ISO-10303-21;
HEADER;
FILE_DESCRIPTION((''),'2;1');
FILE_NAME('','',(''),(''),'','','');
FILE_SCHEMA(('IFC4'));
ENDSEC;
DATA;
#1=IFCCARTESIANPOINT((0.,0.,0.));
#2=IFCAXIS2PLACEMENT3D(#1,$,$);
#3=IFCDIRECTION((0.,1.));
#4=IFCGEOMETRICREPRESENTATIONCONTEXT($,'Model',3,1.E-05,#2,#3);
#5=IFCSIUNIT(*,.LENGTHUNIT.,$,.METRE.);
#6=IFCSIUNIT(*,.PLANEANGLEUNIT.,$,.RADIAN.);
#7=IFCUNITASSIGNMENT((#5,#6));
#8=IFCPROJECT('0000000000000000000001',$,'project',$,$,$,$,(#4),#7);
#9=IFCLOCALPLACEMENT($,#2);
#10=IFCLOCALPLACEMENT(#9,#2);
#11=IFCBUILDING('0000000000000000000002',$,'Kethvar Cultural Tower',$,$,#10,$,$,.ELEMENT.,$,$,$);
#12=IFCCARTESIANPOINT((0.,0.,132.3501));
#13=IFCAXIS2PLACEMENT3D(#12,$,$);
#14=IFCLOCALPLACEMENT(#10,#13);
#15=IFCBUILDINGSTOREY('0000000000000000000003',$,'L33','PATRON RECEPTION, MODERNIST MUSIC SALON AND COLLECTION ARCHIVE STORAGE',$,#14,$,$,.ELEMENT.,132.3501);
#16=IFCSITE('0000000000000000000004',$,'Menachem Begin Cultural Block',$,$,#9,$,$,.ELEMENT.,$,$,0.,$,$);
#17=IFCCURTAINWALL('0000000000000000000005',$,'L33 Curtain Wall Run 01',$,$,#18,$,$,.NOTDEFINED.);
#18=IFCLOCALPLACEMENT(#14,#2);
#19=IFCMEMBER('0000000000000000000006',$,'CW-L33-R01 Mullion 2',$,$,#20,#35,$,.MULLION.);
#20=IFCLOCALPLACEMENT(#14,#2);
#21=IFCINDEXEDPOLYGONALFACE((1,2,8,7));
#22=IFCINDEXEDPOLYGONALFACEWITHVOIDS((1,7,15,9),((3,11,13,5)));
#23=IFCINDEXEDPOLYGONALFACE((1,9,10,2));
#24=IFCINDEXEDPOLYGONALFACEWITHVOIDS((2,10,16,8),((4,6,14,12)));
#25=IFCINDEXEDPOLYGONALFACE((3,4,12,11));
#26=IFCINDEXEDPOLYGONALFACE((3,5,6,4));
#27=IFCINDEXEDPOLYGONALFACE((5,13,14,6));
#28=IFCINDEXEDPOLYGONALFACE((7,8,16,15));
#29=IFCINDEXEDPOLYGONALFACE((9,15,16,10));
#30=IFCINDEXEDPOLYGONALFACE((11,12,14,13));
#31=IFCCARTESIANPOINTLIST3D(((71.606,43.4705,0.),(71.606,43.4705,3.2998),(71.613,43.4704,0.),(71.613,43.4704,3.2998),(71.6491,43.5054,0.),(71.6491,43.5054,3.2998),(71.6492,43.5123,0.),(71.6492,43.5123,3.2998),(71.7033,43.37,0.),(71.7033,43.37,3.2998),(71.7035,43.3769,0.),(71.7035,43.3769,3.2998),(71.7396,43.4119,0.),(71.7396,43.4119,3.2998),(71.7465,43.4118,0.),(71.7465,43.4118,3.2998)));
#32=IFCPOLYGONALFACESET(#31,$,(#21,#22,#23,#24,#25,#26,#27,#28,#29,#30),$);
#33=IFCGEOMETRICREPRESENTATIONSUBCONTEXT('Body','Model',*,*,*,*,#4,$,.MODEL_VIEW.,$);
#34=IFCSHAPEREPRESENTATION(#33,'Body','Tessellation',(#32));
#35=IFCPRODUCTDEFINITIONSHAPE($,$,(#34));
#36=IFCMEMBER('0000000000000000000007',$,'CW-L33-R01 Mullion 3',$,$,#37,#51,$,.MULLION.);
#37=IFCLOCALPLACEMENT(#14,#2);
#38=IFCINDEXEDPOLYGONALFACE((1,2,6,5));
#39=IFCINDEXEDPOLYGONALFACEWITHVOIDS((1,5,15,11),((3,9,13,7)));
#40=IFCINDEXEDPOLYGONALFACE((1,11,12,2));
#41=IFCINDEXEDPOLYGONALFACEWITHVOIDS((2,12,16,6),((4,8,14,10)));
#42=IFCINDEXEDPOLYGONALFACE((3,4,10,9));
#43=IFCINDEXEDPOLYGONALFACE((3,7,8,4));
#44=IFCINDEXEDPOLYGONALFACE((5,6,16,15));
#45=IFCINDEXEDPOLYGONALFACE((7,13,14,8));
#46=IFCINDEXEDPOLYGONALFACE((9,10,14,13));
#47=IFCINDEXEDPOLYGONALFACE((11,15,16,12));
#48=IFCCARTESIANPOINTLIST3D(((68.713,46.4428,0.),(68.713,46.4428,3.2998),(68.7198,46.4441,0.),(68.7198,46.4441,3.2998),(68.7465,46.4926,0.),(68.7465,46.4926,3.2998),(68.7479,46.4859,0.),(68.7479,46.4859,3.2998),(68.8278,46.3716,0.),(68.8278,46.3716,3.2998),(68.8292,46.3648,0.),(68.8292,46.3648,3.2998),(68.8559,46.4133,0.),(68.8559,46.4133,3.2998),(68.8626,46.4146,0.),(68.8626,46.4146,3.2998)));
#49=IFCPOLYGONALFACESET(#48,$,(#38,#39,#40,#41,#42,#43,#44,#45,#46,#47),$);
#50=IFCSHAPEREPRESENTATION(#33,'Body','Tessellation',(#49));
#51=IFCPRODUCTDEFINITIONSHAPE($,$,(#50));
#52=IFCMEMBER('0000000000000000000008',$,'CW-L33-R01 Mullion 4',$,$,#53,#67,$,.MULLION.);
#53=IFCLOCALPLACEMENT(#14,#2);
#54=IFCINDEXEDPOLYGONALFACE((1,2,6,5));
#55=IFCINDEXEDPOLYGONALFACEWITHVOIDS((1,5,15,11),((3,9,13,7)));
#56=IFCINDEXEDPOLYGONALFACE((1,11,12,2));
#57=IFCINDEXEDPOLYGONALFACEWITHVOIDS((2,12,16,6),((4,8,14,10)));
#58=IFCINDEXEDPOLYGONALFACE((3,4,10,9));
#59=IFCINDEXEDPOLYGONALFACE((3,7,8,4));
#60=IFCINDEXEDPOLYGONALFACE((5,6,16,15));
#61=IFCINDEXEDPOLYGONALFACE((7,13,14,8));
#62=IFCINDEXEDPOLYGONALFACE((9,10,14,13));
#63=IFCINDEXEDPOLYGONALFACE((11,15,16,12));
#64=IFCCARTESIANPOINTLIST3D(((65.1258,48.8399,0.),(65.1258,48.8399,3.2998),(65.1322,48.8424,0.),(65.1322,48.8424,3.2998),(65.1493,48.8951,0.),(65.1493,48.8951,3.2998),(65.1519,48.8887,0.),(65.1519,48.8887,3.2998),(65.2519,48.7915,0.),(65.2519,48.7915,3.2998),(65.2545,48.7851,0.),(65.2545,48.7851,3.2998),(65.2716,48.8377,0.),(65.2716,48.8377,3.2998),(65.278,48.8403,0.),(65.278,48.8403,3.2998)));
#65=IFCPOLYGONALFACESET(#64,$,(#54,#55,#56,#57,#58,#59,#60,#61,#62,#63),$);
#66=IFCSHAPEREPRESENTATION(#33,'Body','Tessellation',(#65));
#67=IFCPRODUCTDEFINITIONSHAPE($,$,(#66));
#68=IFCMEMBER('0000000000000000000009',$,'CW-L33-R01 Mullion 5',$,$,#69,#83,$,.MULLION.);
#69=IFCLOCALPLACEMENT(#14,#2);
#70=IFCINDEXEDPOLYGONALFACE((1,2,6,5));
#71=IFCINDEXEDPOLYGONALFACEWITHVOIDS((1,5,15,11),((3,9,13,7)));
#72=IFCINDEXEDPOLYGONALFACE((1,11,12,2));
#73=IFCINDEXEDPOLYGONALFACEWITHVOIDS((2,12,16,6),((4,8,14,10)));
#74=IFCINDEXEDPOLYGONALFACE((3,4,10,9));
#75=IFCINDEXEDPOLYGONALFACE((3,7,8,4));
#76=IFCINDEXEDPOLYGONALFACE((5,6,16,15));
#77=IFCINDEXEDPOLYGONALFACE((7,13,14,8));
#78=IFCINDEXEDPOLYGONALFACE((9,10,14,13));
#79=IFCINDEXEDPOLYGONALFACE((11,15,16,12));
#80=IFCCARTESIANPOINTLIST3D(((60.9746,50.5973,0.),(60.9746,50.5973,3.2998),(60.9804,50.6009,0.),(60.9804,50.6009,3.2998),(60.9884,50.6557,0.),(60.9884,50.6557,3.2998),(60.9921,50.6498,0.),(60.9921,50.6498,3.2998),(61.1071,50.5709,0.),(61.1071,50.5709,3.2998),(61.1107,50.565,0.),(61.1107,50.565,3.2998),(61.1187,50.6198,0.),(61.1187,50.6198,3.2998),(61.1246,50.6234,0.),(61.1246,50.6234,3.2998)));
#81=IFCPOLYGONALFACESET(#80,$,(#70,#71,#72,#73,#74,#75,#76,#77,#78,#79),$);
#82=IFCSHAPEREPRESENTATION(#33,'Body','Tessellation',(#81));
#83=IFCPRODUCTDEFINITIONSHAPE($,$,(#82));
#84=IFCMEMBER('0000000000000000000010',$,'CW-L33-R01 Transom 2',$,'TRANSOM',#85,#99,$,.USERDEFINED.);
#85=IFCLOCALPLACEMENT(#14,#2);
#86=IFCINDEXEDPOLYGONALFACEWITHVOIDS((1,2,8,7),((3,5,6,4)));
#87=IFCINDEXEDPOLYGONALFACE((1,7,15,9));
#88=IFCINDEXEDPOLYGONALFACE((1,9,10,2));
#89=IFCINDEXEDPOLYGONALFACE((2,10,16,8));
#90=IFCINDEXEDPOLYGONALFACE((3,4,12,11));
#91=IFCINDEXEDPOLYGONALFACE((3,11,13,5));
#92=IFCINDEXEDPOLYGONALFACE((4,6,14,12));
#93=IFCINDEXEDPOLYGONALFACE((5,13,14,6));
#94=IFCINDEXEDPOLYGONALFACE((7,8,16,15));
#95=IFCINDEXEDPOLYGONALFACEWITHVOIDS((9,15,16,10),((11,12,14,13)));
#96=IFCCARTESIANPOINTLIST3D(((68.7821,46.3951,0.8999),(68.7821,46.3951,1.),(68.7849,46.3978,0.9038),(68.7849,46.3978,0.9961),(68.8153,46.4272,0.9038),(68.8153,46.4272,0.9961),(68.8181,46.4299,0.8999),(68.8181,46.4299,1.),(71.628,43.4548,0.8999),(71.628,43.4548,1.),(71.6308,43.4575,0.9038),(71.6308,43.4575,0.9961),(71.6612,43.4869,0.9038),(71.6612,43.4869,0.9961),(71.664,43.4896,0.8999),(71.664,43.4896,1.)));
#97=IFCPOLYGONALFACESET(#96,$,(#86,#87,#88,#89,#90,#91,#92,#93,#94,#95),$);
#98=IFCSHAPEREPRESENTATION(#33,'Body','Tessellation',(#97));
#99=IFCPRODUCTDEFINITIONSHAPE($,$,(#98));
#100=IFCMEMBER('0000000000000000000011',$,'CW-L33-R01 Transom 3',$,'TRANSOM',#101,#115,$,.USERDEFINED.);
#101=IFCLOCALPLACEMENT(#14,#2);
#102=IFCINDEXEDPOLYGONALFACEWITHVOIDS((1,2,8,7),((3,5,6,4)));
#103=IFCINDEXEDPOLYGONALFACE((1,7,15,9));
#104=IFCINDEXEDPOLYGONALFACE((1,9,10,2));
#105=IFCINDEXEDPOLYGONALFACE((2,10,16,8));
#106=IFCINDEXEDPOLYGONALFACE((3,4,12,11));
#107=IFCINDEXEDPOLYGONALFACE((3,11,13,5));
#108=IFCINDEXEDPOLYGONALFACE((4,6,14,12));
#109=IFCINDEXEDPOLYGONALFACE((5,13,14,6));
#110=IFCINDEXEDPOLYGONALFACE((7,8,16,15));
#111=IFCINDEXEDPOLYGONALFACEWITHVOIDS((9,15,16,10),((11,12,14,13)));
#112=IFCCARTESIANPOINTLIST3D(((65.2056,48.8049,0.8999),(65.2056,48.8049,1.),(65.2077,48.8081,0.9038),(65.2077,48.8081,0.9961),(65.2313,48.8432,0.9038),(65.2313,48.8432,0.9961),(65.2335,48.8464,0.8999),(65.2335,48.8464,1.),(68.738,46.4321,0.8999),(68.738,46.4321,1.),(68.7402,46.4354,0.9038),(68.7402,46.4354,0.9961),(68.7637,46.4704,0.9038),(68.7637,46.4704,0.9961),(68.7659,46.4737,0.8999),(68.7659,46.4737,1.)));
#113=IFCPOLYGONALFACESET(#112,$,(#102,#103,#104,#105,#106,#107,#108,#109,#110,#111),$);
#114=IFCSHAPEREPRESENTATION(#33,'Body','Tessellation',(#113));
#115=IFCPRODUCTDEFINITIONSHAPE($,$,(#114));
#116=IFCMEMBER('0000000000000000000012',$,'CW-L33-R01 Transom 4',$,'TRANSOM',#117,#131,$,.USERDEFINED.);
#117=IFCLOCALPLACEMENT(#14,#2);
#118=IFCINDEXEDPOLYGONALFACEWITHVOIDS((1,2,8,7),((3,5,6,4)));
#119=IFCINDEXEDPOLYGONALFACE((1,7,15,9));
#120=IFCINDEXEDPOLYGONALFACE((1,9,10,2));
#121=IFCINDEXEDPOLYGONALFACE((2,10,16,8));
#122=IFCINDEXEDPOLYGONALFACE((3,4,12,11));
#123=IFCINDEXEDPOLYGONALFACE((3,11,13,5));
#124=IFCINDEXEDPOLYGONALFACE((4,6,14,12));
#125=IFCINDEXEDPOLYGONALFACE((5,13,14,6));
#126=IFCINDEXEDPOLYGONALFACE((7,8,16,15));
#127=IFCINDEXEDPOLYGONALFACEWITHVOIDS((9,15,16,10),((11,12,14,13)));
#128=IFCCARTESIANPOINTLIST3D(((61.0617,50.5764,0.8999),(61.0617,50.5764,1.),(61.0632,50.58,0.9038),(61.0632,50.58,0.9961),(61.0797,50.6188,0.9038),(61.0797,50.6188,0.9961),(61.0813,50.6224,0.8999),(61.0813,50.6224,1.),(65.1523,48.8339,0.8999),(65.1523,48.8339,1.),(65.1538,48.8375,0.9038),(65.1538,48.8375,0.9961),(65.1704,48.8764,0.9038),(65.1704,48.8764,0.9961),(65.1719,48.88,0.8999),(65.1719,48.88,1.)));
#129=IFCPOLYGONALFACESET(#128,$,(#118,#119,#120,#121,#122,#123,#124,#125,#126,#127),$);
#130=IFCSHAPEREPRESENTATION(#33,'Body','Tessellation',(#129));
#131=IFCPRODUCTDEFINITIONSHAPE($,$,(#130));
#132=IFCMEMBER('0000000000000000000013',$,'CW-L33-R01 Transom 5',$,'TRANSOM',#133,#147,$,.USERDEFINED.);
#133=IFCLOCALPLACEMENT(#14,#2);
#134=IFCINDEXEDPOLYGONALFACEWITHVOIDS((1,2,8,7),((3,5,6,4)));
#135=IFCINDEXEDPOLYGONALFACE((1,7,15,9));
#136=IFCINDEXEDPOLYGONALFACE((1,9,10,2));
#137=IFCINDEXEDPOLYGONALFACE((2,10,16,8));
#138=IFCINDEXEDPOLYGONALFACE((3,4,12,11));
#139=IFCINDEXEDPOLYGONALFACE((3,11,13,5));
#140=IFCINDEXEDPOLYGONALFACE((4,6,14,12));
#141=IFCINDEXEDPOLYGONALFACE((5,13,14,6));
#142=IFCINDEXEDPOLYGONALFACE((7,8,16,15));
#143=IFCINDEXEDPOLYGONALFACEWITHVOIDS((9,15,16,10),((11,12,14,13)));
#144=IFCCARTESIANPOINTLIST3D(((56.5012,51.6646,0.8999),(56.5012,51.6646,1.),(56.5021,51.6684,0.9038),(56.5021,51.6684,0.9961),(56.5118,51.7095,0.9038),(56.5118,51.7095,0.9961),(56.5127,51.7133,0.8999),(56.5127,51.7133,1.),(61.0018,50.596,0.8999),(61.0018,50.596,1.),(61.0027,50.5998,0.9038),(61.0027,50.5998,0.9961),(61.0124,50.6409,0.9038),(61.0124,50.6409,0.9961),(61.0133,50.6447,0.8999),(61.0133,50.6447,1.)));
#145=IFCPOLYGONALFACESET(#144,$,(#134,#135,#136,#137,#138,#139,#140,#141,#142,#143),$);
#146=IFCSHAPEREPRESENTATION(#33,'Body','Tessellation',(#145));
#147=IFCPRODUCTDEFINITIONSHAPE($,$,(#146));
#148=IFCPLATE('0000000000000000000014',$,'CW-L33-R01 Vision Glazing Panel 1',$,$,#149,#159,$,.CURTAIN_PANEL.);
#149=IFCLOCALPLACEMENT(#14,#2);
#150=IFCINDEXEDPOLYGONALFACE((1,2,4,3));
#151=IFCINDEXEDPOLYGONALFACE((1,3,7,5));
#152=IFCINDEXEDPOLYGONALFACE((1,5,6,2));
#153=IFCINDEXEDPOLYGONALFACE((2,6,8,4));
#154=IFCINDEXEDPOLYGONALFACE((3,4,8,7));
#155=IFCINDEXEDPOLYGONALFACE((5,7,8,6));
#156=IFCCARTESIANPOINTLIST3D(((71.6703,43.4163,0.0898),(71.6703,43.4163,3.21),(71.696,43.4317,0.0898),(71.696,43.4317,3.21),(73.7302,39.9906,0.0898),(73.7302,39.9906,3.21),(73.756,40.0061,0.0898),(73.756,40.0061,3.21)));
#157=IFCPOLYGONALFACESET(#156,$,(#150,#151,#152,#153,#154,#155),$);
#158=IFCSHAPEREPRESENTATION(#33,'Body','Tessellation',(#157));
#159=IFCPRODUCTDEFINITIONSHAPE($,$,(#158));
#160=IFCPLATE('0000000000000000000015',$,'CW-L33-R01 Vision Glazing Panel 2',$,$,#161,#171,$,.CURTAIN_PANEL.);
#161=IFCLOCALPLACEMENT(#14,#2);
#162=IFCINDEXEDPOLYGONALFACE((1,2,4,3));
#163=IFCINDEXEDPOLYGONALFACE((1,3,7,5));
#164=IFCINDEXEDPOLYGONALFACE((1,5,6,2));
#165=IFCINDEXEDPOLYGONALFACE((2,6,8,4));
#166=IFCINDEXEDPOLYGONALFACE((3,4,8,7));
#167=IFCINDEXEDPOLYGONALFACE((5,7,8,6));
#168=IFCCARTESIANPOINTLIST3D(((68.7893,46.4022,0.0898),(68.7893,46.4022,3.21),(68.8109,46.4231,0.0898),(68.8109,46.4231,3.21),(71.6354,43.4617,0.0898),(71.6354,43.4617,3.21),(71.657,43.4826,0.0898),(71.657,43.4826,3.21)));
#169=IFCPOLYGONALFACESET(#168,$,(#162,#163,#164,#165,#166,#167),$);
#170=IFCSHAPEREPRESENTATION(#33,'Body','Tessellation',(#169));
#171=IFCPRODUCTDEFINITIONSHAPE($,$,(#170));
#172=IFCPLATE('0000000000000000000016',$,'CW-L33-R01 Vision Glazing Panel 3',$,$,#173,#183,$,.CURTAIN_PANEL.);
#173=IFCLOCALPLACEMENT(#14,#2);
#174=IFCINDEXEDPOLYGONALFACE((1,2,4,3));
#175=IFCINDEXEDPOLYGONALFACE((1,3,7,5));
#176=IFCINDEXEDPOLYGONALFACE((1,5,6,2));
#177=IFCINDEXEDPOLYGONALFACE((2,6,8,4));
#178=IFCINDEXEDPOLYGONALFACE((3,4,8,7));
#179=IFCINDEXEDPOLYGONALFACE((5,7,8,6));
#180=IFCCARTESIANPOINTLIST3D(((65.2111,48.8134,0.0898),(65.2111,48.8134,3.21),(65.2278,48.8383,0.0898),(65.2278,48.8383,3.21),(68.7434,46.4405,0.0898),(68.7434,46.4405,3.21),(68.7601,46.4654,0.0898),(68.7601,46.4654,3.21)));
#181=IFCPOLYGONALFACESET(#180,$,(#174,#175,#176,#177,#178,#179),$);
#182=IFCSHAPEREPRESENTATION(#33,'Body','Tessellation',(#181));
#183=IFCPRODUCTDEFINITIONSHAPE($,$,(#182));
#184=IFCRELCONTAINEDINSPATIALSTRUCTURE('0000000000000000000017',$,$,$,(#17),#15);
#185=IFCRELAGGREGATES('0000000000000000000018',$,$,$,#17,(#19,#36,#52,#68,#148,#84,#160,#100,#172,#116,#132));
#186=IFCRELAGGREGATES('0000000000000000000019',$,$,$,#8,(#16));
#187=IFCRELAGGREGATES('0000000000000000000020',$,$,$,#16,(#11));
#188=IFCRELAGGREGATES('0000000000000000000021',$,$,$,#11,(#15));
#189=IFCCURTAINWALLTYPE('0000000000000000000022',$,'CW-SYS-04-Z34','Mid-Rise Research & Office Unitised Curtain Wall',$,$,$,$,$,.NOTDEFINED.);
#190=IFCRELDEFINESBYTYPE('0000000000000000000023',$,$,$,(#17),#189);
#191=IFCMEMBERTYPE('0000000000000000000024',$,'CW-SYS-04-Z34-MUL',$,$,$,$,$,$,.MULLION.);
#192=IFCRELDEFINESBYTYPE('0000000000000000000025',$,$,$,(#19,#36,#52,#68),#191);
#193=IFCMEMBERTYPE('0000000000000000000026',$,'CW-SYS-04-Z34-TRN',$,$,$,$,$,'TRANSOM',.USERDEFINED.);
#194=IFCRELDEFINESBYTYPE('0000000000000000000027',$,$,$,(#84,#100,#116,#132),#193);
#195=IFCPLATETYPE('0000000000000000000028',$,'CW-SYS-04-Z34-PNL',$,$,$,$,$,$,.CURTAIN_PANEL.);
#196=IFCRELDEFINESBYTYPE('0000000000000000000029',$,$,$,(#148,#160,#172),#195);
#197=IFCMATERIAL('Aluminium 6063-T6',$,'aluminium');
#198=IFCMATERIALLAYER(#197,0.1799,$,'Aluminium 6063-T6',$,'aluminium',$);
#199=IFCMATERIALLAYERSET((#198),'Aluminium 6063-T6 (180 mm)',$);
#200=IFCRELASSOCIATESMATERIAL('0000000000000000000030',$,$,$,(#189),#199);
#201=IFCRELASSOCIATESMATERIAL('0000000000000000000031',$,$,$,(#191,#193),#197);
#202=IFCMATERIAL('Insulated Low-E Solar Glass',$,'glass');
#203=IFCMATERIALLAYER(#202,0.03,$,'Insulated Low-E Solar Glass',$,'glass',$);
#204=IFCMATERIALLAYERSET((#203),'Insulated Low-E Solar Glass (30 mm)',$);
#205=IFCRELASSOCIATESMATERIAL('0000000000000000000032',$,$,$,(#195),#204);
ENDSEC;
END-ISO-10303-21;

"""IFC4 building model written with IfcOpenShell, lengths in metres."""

from ifc_helpers import new_model, si_unit, direction, frame, origin, origin_2d, place, context, subcontext, project, spatial, rectangle, hollow_rectangle, extrude, source, transform, mapped, material, layer, layer_set, material_profile, profile_set, type_object, element, aggregate, save


model = new_model("IFC4")

# Units and contexts
model_context = context("Model", 3, precision=1e-05, world=origin(), true_north=direction((0.0, 1.0)))
body_context = subcontext(model_context, "Body", "Model", "MODEL_VIEW")
ifc_project = project(units=[si_unit("LENGTHUNIT", "METRE"), si_unit("PLANEANGLEUNIT", "RADIAN")], contexts=[model_context])

# Site, building, storey
site_placement = place(None, origin())
site = spatial("IfcSite", under=ifc_project, at=site_placement, Name="Menachem Begin Cultural Block", CompositionType="ELEMENT", RefElevation=0.0)
building_placement = place(site_placement, origin())
building = spatial("IfcBuilding", under=site, at=building_placement, Name="Kethvar Cultural Tower", CompositionType="ELEMENT")
storey_placement = place(building_placement, frame((0.0, 0.0, 132.3501)))
storey = spatial("IfcBuildingStorey", under=building, at=storey_placement, Name="L33", Description="PATRON RECEPTION, MODERNIST MUSIC SALON AND COLLECTION ARCHIVE STORAGE", CompositionType="ELEMENT", Elevation=132.3501)

# Curtain wall, members, plates
ifc_material_1 = material(Name="Aluminium 6063-T6", Category="aluminium")
ifc_layer_1 = layer(ifc_material_1, 0.1799, Name="Aluminium 6063-T6", Category="aluminium")
ifc_layer_set_1 = layer_set([ifc_layer_1], Name="Aluminium 6063-T6 (180 mm)")
curtain_wall_type = type_object("IfcCurtainWallType", Name="CW-SYS-04-Z34", Description="Mid-Rise Research & Office Unitised Curtain Wall", PredefinedType="NOTDEFINED", material=ifc_layer_set_1)
curtain_wall_placement = place(storey_placement, origin())
curtain_wall = element("IfcCurtainWall", 1, at=curtain_wall_placement, inside=storey, type_object=curtain_wall_type, Name="L33 Curtain Wall Run 01", PredefinedType="NOTDEFINED")
ifc_material_profile_1 = material_profile(ifc_material_1, hollow_rectangle(XDim=0.0601, YDim=0.1399, WallThickness=0.0049, at=origin_2d()), Name="Aluminium 6063-T6 — RHS140x60x5")
ifc_profile_set_1 = profile_set([ifc_material_profile_1], Name="Aluminium 6063-T6 — RHS140x60x5")
member_type_1 = type_object("IfcMemberType", Name="CW-SYS-04-Z34-MUL", PredefinedType="MULLION", material=ifc_profile_set_1)
shared_shape_1 = source(origin(), body_context, "Body", "SweptSolid", [
    extrude(hollow_rectangle(XDim=0.0601, YDim=0.1399, WallThickness=0.0049, at=origin_2d()), origin(), (0.0, 0.0, 1.0), 3.2998),
])
member_1_placement = place(storey_placement, frame((71.6763, 43.4412, 0.0), z_axis=(0.0, 0.0, 1.0), x_axis=(-0.718551, -0.695474, 0.0)))
member_1 = element("IfcMember", 2, at=member_1_placement, type_object=member_type_1, Name="CW-L33-R01 Mullion 2", PredefinedType="MULLION", context=body_context, shape_type="MappedRepresentation", body=[
    mapped(shared_shape_1, transform((0.0, 0.0, 0.0), scale=1.0)),
])
member_2_placement = place(storey_placement, frame((68.7878, 46.4287, 0.0), z_axis=(0.0, 0.0, 1.0), x_axis=(-0.557629, -0.83009, 0.0)))
member_2 = element("IfcMember", 3, at=member_2_placement, type_object=member_type_1, Name="CW-L33-R01 Mullion 3", PredefinedType="MULLION", context=body_context, shape_type="MappedRepresentation", body=[
    mapped(shared_shape_1, transform((0.0, 0.0, 0.0), scale=1.0)),
])
member_3_placement = place(storey_placement, frame((65.2019, 48.8401, 0.0), z_axis=(0.0, 0.0, 1.0), x_axis=(-0.391872, -0.92002, 0.0)))
member_3 = element("IfcMember", 4, at=member_3_placement, type_object=member_type_1, Name="CW-L33-R01 Mullion 4", PredefinedType="MULLION", context=body_context, shape_type="MappedRepresentation", body=[
    mapped(shared_shape_1, transform((0.0, 0.0, 0.0), scale=1.0)),
])
member_4_placement = place(storey_placement, frame((61.0496, 50.6104, 0.0), z_axis=(0.0, 0.0, 1.0), x_axis=(-0.231001, -0.972954, 0.0)))
member_4 = element("IfcMember", 5, at=member_4_placement, type_object=member_type_1, Name="CW-L33-R01 Mullion 5", PredefinedType="MULLION", context=body_context, shape_type="MappedRepresentation", body=[
    mapped(shared_shape_1, transform((0.0, 0.0, 0.0), scale=1.0)),
])
ifc_material_profile_2 = material_profile(ifc_material_1, hollow_rectangle(XDim=0.05, YDim=0.1001, WallThickness=0.0039, at=origin_2d()), Name="Aluminium 6063-T6 — RHS100x50x4")
ifc_profile_set_2 = profile_set([ifc_material_profile_2], Name="Aluminium 6063-T6 — RHS100x50x4")
member_type_2 = type_object("IfcMemberType", Name="CW-SYS-04-Z34-TRN", ElementType="TRANSOM", PredefinedType="USERDEFINED", material=ifc_profile_set_2)
shared_shape_2 = source(origin(), body_context, "Body", "SweptSolid", [
    extrude(hollow_rectangle(XDim=0.05, YDim=0.1001, WallThickness=0.0039, at=origin_2d()), origin(), (0.0, 0.0, 1.0), 4.092),
])
member_5_placement = place(storey_placement, frame((71.646, 43.4722, 0.95), z_axis=(-0.695468, 0.718557, 0.0), x_axis=(-0.718557, -0.695468, 0.0)))
member_5 = element("IfcMember", 6, at=member_5_placement, type_object=member_type_2, Name="CW-L33-R01 Transom 2", ObjectType="TRANSOM", PredefinedType="USERDEFINED", context=body_context, shape_type="MappedRepresentation", body=[
    mapped(shared_shape_2, transform((0.0, 0.0, 0.0), scale=1.0)),
])
shared_shape_3 = source(origin(), body_context, "Body", "SweptSolid", [
    extrude(hollow_rectangle(XDim=0.05, YDim=0.1001, WallThickness=0.0039, at=origin_2d()), origin(), (0.0, 0.0, 1.0), 4.2554),
])
member_6_placement = place(storey_placement, frame((68.752, 46.4529, 0.95), z_axis=(-0.830112, 0.557596, 0.0), x_axis=(-0.557596, -0.830112, 0.0)))
member_6 = element("IfcMember", 7, at=member_6_placement, type_object=member_type_2, Name="CW-L33-R01 Transom 3", ObjectType="TRANSOM", PredefinedType="USERDEFINED", context=body_context, shape_type="MappedRepresentation", body=[
    mapped(shared_shape_3, transform((0.0, 0.0, 0.0), scale=1.0)),
])
shared_shape_4 = source(origin(), body_context, "Body", "SweptSolid", [
    extrude(hollow_rectangle(XDim=0.05, YDim=0.1001, WallThickness=0.0039, at=origin_2d()), origin(), (0.0, 0.0, 1.0), 4.4463),
])
member_7_placement = place(storey_placement, frame((65.1621, 48.8569, 0.95), z_axis=(-0.920012, 0.39189, 0.0), x_axis=(-0.39189, -0.920012, 0.0)))
member_7 = element("IfcMember", 8, at=member_7_placement, type_object=member_type_2, Name="CW-L33-R01 Transom 4", ObjectType="TRANSOM", PredefinedType="USERDEFINED", context=body_context, shape_type="MappedRepresentation", body=[
    mapped(shared_shape_4, transform((0.0, 0.0, 0.0), scale=1.0)),
])
shared_shape_5 = source(origin(), body_context, "Body", "SweptSolid", [
    extrude(hollow_rectangle(XDim=0.05, YDim=0.1001, WallThickness=0.0039, at=origin_2d()), origin(), (0.0, 0.0, 1.0), 4.6257),
])
member_8_placement = place(storey_placement, frame((61.0076, 50.6204, 0.95), z_axis=(-0.972949, 0.231019, 0.0), x_axis=(-0.231019, -0.972949, 0.0)))
member_8 = element("IfcMember", 9, at=member_8_placement, type_object=member_type_2, Name="CW-L33-R01 Transom 5", ObjectType="TRANSOM", PredefinedType="USERDEFINED", context=body_context, shape_type="MappedRepresentation", body=[
    mapped(shared_shape_5, transform((0.0, 0.0, 0.0), scale=1.0)),
])
ifc_material_2 = material(Name="Insulated Low-E Solar Glass", Category="glass")
ifc_layer_2 = layer(ifc_material_2, 0.03, Name="Insulated Low-E Solar Glass", Category="glass")
ifc_layer_set_2 = layer_set([ifc_layer_2], Name="Insulated Low-E Solar Glass (30 mm)")
plate_type = type_object("IfcPlateType", Name="CW-SYS-04-Z34-PNL", PredefinedType="CURTAIN_PANEL", material=ifc_layer_set_2)
shared_shape_6 = source(origin(), body_context, "Body", "SweptSolid", [
    extrude(rectangle(XDim=3.9973, YDim=0.03, at=origin_2d()), origin(), (0.0, 0.0, 1.0), 3.1201),
])
plate_1_placement = place(storey_placement, frame((72.7131, 41.7112, 0.0898), z_axis=(0.0, 0.0, 1.0), x_axis=(-0.515337, 0.856987, 0.0)))
plate_1 = element("IfcPlate", 10, at=plate_1_placement, type_object=plate_type, Name="CW-L33-R01 Vision Glazing Panel 1", PredefinedType="CURTAIN_PANEL", context=body_context, shape_type="MappedRepresentation", body=[
    mapped(shared_shape_6, transform((0.0, 0.0, 0.0), scale=1.0)),
])
shared_shape_7 = source(origin(), body_context, "Body", "SweptSolid", [
    extrude(rectangle(XDim=4.0923, YDim=0.03, at=origin_2d()), origin(), (0.0, 0.0, 1.0), 3.1201),
])
plate_2_placement = place(storey_placement, frame((70.2231, 44.9424, 0.0898), z_axis=(0.0, 0.0, 1.0), x_axis=(-0.695474, 0.718551, 0.0)))
plate_2 = element("IfcPlate", 11, at=plate_2_placement, type_object=plate_type, Name="CW-L33-R01 Vision Glazing Panel 2", PredefinedType="CURTAIN_PANEL", context=body_context, shape_type="MappedRepresentation", body=[
    mapped(shared_shape_7, transform((0.0, 0.0, 0.0), scale=1.0)),
])
shared_shape_8 = source(origin(), body_context, "Body", "SweptSolid", [
    extrude(rectangle(XDim=4.2554, YDim=0.03, at=origin_2d()), origin(), (0.0, 0.0, 1.0), 3.1201),
])
plate_3_placement = place(storey_placement, frame((66.9856, 47.6394, 0.0898), z_axis=(0.0, 0.0, 1.0), x_axis=(-0.83009, 0.557629, 0.0)))
plate_3 = element("IfcPlate", 12, at=plate_3_placement, type_object=plate_type, Name="CW-L33-R01 Vision Glazing Panel 3", PredefinedType="CURTAIN_PANEL", context=body_context, shape_type="MappedRepresentation", body=[
    mapped(shared_shape_8, transform((0.0, 0.0, 0.0), scale=1.0)),
])
aggregate(curtain_wall, [member_1, member_2, member_3, member_4, plate_1, member_5, plate_2, member_6, plate_3, member_7, member_8])

save(model, "model.ifc")
